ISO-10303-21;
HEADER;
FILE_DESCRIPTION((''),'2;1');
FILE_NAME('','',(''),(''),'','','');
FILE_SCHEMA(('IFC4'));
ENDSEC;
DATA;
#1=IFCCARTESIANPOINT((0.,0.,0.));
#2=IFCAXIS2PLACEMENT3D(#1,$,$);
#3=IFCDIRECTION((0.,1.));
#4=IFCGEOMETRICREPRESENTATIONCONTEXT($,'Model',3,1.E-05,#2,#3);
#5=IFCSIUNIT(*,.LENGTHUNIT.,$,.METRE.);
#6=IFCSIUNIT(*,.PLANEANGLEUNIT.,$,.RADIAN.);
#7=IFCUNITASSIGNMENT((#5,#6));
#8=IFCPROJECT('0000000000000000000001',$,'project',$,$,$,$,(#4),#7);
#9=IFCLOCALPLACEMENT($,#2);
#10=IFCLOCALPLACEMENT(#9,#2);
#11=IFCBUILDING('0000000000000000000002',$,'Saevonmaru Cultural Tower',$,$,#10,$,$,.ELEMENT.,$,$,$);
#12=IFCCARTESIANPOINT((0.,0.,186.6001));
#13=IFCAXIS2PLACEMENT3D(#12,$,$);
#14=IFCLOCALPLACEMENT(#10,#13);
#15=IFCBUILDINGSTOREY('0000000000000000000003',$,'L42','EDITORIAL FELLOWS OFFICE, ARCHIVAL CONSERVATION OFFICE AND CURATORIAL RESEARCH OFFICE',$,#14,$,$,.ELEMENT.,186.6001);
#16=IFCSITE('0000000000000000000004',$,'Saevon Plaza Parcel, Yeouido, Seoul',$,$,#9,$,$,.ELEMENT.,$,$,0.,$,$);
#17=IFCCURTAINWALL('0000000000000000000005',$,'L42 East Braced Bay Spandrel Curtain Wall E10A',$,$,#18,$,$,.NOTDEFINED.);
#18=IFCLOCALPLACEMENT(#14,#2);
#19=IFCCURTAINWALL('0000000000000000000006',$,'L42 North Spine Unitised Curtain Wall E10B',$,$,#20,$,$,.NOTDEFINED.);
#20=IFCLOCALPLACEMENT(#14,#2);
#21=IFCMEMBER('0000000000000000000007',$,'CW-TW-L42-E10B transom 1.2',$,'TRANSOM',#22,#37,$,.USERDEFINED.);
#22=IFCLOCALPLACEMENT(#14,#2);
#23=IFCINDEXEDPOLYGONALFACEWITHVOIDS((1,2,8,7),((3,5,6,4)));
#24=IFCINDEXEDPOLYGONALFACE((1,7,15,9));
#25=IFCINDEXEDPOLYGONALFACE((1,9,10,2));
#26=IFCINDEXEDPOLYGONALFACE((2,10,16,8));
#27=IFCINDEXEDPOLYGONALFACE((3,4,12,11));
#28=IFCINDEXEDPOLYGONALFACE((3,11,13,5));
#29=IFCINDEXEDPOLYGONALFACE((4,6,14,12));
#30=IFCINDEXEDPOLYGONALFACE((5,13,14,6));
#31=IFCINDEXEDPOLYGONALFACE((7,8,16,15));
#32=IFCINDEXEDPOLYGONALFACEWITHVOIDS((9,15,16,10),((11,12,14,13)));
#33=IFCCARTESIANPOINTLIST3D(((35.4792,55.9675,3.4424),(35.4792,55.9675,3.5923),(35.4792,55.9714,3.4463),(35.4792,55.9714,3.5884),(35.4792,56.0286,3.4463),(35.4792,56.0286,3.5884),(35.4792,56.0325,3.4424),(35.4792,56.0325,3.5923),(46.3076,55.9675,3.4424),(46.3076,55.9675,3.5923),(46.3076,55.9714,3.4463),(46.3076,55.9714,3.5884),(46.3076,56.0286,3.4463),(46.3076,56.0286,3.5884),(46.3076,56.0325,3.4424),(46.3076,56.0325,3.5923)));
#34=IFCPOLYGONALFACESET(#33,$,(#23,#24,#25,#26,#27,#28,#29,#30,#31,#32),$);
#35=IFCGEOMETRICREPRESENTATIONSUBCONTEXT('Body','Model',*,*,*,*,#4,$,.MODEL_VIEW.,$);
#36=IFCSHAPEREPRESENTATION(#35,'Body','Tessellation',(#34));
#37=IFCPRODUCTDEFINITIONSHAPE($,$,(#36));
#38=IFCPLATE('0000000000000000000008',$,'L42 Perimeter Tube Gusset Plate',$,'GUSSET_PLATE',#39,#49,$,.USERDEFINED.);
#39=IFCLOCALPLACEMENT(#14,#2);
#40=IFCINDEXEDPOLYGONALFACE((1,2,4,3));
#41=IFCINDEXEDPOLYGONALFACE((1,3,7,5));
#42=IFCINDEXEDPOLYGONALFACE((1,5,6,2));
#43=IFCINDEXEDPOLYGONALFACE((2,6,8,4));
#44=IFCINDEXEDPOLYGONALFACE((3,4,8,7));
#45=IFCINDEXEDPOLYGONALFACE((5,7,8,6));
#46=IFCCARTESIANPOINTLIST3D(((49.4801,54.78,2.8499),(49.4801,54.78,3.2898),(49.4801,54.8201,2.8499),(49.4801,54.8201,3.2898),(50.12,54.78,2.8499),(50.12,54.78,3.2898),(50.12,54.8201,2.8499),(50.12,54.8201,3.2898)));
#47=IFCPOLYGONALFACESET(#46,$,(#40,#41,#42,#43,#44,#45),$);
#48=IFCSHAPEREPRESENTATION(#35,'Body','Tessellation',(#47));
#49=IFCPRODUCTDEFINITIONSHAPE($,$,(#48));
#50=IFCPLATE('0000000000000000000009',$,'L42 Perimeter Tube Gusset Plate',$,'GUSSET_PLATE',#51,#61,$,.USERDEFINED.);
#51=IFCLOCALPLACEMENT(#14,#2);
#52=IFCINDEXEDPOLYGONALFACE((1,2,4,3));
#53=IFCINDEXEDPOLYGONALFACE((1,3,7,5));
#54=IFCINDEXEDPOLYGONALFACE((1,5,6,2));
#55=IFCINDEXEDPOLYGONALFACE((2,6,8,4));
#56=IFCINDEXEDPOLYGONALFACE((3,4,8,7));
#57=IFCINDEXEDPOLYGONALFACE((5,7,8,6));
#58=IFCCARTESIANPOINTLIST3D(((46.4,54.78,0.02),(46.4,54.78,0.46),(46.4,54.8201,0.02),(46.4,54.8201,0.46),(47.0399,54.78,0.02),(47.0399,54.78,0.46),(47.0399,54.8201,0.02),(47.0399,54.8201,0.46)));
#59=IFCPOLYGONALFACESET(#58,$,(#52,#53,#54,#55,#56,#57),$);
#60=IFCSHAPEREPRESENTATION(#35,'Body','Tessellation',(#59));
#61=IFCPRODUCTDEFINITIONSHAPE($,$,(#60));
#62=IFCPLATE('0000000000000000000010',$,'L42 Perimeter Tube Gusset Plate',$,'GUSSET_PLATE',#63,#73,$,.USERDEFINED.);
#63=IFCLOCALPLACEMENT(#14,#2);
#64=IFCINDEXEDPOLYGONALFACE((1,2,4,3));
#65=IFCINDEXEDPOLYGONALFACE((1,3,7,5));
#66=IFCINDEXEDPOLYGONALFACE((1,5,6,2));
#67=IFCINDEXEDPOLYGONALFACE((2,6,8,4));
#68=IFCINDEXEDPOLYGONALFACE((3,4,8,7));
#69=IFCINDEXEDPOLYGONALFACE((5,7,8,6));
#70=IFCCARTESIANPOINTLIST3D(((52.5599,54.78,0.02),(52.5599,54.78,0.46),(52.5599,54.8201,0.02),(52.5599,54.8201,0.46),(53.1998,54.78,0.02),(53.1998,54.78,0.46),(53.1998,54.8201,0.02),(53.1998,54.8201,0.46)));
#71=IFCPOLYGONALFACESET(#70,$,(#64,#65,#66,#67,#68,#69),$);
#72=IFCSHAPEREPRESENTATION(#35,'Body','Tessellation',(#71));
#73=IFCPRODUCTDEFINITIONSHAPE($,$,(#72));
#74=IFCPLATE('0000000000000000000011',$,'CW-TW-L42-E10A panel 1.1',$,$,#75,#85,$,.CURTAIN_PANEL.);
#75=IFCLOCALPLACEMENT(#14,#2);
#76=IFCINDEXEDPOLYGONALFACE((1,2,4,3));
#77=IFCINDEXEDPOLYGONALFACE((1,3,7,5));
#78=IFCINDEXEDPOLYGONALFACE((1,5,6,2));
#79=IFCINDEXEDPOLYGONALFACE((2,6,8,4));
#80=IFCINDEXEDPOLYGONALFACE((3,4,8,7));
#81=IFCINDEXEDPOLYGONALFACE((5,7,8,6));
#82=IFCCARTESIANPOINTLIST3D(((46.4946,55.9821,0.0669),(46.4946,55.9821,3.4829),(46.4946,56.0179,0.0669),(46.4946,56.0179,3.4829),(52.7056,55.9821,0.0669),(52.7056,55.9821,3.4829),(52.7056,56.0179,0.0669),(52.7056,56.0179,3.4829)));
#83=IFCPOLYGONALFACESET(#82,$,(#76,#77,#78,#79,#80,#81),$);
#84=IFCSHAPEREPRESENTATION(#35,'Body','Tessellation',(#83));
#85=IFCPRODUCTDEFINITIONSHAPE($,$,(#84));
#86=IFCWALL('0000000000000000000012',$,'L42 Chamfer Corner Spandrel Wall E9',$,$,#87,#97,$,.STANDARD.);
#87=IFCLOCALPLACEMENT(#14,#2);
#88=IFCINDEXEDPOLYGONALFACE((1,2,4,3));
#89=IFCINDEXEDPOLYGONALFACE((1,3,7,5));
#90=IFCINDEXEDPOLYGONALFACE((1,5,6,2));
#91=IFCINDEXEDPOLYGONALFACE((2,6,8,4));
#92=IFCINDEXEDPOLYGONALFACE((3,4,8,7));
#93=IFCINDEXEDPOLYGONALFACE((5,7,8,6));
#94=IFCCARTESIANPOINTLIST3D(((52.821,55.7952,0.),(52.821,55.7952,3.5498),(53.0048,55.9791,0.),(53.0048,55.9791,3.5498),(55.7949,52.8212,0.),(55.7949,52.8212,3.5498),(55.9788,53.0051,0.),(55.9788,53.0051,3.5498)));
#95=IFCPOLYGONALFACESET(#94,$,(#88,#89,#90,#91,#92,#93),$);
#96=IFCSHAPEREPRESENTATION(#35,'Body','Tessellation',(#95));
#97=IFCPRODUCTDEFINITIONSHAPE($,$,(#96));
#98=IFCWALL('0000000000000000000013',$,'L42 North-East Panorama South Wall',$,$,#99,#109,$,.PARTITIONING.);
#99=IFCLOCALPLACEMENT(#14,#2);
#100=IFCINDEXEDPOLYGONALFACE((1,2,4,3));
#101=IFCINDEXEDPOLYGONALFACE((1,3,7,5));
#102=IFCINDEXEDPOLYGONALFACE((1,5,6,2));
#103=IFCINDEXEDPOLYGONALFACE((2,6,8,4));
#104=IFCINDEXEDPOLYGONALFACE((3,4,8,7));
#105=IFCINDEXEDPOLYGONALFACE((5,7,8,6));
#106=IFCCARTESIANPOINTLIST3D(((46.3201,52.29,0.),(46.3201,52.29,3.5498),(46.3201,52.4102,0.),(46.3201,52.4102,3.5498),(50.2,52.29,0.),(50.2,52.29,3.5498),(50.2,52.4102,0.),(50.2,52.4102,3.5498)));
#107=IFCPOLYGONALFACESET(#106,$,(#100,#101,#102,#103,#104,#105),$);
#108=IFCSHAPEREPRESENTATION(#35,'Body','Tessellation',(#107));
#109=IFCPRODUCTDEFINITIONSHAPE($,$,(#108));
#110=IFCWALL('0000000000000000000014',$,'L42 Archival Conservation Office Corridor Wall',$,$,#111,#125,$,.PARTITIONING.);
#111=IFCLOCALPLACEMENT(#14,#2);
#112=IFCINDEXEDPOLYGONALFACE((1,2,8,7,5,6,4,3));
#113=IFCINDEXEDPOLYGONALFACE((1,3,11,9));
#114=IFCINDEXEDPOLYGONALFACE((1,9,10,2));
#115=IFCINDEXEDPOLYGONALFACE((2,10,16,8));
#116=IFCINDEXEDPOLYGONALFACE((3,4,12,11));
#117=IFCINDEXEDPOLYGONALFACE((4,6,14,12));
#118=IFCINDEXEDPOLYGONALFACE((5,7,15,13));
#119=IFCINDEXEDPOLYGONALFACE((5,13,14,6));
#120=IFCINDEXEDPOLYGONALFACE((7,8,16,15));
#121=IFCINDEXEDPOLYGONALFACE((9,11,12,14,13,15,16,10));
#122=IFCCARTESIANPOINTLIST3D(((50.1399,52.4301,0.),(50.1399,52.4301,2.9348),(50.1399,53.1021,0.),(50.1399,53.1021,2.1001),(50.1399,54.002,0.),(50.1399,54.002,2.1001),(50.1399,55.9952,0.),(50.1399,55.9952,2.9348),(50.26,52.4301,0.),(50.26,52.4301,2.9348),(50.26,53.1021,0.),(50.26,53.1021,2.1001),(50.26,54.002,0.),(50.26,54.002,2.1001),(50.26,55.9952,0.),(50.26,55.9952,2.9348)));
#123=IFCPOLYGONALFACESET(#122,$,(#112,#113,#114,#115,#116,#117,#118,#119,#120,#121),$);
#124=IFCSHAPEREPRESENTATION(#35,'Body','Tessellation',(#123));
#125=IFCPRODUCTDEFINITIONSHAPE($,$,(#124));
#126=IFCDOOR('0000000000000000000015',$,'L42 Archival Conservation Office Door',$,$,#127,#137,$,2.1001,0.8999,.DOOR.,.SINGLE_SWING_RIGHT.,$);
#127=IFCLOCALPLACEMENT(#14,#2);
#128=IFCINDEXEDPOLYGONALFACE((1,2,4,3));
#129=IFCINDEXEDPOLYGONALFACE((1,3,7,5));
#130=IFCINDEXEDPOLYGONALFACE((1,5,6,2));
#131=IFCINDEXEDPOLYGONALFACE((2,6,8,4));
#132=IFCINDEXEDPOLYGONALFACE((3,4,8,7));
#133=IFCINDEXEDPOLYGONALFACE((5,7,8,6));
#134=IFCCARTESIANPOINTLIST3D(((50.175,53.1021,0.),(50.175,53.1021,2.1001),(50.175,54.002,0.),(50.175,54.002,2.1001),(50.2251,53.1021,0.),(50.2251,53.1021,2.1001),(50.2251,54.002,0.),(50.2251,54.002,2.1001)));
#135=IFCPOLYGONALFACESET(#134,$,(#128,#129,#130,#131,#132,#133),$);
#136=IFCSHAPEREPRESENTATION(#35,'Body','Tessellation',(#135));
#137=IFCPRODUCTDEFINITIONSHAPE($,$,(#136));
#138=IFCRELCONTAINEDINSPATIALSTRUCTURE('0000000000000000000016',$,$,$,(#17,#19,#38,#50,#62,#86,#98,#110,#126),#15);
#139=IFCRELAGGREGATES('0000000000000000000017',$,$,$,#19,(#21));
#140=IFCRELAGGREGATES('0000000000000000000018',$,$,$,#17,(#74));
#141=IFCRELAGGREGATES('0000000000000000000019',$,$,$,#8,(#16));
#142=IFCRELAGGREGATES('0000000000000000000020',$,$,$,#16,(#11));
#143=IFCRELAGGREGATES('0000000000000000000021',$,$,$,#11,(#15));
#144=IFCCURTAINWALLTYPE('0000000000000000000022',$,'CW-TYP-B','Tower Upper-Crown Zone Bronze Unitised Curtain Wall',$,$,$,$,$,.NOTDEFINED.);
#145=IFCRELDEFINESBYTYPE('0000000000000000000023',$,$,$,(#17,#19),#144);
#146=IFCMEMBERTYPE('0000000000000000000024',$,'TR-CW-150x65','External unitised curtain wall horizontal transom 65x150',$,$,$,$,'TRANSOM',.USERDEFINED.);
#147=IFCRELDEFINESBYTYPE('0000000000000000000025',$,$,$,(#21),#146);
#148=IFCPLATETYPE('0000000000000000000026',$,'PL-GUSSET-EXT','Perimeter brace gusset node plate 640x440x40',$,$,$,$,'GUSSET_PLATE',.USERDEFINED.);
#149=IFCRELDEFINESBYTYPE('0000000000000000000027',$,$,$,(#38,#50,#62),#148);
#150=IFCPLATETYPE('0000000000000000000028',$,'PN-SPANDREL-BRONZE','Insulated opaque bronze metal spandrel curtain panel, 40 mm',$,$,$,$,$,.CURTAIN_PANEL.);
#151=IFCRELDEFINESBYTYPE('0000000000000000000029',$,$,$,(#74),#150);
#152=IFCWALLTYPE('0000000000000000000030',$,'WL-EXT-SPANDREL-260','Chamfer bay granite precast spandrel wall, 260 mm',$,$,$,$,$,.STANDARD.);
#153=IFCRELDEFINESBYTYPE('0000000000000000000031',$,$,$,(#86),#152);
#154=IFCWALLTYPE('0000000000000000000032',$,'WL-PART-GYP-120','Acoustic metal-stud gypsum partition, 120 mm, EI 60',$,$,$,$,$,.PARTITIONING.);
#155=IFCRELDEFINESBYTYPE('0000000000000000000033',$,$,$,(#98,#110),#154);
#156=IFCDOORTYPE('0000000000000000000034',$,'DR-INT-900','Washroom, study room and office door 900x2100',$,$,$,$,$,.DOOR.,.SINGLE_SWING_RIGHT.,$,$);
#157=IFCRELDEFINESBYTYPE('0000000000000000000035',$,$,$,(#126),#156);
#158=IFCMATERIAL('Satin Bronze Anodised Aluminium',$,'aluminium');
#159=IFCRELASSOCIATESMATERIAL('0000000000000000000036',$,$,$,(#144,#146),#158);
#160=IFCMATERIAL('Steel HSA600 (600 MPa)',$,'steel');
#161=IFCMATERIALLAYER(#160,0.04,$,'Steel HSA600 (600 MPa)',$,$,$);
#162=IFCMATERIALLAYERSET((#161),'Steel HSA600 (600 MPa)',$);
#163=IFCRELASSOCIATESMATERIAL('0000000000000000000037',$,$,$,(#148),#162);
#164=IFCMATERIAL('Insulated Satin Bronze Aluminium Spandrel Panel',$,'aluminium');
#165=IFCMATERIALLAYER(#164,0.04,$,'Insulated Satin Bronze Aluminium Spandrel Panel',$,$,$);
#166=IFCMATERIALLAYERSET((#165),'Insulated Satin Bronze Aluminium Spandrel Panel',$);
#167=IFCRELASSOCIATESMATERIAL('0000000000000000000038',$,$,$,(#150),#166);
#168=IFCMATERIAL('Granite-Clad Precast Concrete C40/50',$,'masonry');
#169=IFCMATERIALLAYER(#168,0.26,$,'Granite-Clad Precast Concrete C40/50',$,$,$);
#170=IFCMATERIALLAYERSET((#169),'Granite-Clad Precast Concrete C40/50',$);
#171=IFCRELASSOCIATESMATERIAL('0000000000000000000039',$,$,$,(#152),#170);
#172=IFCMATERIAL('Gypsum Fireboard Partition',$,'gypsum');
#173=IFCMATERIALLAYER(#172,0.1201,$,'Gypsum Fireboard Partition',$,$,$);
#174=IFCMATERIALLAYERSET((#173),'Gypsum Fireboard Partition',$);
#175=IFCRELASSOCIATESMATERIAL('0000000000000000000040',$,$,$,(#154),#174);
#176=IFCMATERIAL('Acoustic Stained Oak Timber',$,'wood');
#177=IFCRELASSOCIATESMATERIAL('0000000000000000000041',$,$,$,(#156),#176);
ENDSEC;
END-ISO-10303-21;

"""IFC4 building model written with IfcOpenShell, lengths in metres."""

from ifc_helpers import new_model, si_unit, direction, frame, frame_2d, origin, origin_2d, place, context, subcontext, project, spatial, rectangle, hollow_rectangle, extrude, material, layer, layer_set, material_profile, profile_set, type_object, element, fill, aggregate, save


model = new_model("IFC4")

# Units and contexts
model_context = context("Model", 3, precision=1e-05, world=origin(), true_north=direction((0.0, 1.0)))
body_context = subcontext(model_context, "Body", "Model", "MODEL_VIEW")
ifc_project = project(units=[si_unit("LENGTHUNIT", "METRE"), si_unit("PLANEANGLEUNIT", "RADIAN")], contexts=[model_context])

# Site, building, storey
site_placement = place(None, origin())
site = spatial("IfcSite", under=ifc_project, at=site_placement, Name="Saevon Plaza Parcel, Yeouido, Seoul", CompositionType="ELEMENT", RefElevation=0.0)
building_placement = place(site_placement, origin())
building = spatial("IfcBuilding", under=site, at=building_placement, Name="Saevonmaru Cultural Tower", CompositionType="ELEMENT")
storey_placement = place(building_placement, frame((0.0, 0.0, 186.6001)))
storey = spatial("IfcBuildingStorey", under=building, at=storey_placement, Name="L42", Description="EDITORIAL FELLOWS OFFICE, ARCHIVAL CONSERVATION OFFICE AND CURATORIAL RESEARCH OFFICE", CompositionType="ELEMENT", Elevation=186.6001)

# Shared definitions
ifc_material_1 = material(Name="Satin Bronze Anodised Aluminium", Category="aluminium")
curtain_wall_type = type_object("IfcCurtainWallType", Name="CW-TYP-B", Description="Tower Upper-Crown Zone Bronze Unitised Curtain Wall", PredefinedType="NOTDEFINED", material=ifc_material_1)

# Curtain wall
curtain_wall_1_placement = place(storey_placement, origin())
curtain_wall_1 = element("IfcCurtainWall", 1, at=curtain_wall_1_placement, inside=storey, type_object=curtain_wall_type, Name="L42 East Braced Bay Spandrel Curtain Wall E10A", PredefinedType="NOTDEFINED")

# Curtain wall
curtain_wall_2_placement = place(storey_placement, origin())
curtain_wall_2 = element("IfcCurtainWall", 2, at=curtain_wall_2_placement, inside=storey, type_object=curtain_wall_type, Name="L42 North Spine Unitised Curtain Wall E10B", PredefinedType="NOTDEFINED")

# Member
ifc_material_profile_1 = material_profile(ifc_material_1, hollow_rectangle(XDim=0.0649, YDim=0.1499, WallThickness=0.0039, at=origin_2d()), Name="ALU-TRAN-150x65x4")
ifc_profile_set_1 = profile_set([ifc_material_profile_1], Name="Satin Bronze Anodised Aluminium")
member_type_1 = type_object("IfcMemberType", Name="TR-CW-150x65", Description="External unitised curtain wall horizontal transom 65x150", ElementType="TRANSOM", PredefinedType="USERDEFINED", material=ifc_profile_set_1)
member_1_placement = place(storey_placement, frame((46.3076, 56.0, 3.5173), z_axis=(-1.0, 0.0, 0.0), x_axis=(0.0, -1.0, 0.0)))
member_1 = element("IfcMember", 3, at=member_1_placement, type_object=member_type_1, Name="CW-TW-L42-E10B transom 1.2", ObjectType="TRANSOM", PredefinedType="USERDEFINED", context=body_context, shape_type="SweptSolid", body=[
    extrude(hollow_rectangle(XDim=0.0649, YDim=0.1499, WallThickness=0.0039, at=origin_2d()), origin(), (0.0, 0.0, 1.0), 10.8284),
])
aggregate(curtain_wall_2, [member_1])

# Plates
ifc_material_2 = material(Name="Steel HSA600 (600 MPa)", Category="steel")
ifc_layer_1 = layer(ifc_material_2, 0.04, Name="Steel HSA600 (600 MPa)")
ifc_layer_set_1 = layer_set([ifc_layer_1], Name="Steel HSA600 (600 MPa)")
plate_type_1 = type_object("IfcPlateType", Name="PL-GUSSET-EXT", Description="Perimeter brace gusset node plate 640x440x40", ElementType="GUSSET_PLATE", PredefinedType="USERDEFINED", material=ifc_layer_set_1)
for number, where, z_axis, x_axis, name in (
    (4, (49.8, 54.8, 2.8499), (0.0, 0.0, 1.0), (1.0, 0.0, 0.0), "L42 Perimeter Tube Gusset Plate"),
    (5, (46.72, 54.8, 0.02), (0.0, 0.0, 1.0), (1.0, 0.0, 0.0), "L42 Perimeter Tube Gusset Plate"),
    (6, (52.8799, 54.8, 0.02), (0.0, 0.0, 1.0), (1.0, 0.0, 0.0), "L42 Perimeter Tube Gusset Plate"),
):
    element("IfcPlate", number, at=place(storey_placement, frame(where, z_axis=z_axis, x_axis=x_axis)), inside=storey, type_object=plate_type_1, Name=name, ObjectType="GUSSET_PLATE", PredefinedType="USERDEFINED", context=body_context, shape_type="SweptSolid", body=[
        extrude(rectangle(XDim=0.6399, YDim=0.04, at=origin_2d()), origin(), (0.0, 0.0, 1.0), 0.4399),
    ])

# Plate
ifc_material_3 = material(Name="Insulated Satin Bronze Aluminium Spandrel Panel", Category="aluminium")
ifc_layer_2 = layer(ifc_material_3, 0.04, Name="Insulated Satin Bronze Aluminium Spandrel Panel")
ifc_layer_set_2 = layer_set([ifc_layer_2], Name="Insulated Satin Bronze Aluminium Spandrel Panel")
plate_type_2 = type_object("IfcPlateType", Name="PN-SPANDREL-BRONZE", Description="Insulated opaque bronze metal spandrel curtain panel, 40 mm", PredefinedType="CURTAIN_PANEL", material=ifc_layer_set_2)
plate_placement = place(storey_placement, frame((49.6001, 56.0, 0.0669), z_axis=(0.0, 0.0, 1.0), x_axis=(-1.0, 0.0, 0.0)))
plate = element("IfcPlate", 7, at=plate_placement, type_object=plate_type_2, Name="CW-TW-L42-E10A panel 1.1", PredefinedType="CURTAIN_PANEL", context=body_context, shape_type="SweptSolid", body=[
    extrude(rectangle(XDim=6.2109, YDim=0.0359, at=origin_2d()), origin(), (0.0, 0.0, 1.0), 3.416),
])
aggregate(curtain_wall_1, [plate])

# Walls
ifc_material_4 = material(Name="Granite-Clad Precast Concrete C40/50", Category="masonry")
ifc_layer_3 = layer(ifc_material_4, 0.26, Name="Granite-Clad Precast Concrete C40/50")
ifc_layer_set_3 = layer_set([ifc_layer_3], Name="Granite-Clad Precast Concrete C40/50")
wall_type_1 = type_object("IfcWallType", Name="WL-EXT-SPANDREL-260", Description="Chamfer bay granite precast spandrel wall, 260 mm", PredefinedType="STANDARD", material=ifc_layer_set_3)
wall_1_placement = place(storey_placement, frame((55.887, 52.9131, 0.0), z_axis=(0.0, 0.0, 1.0), x_axis=(-0.707107, 0.707107, 0.0)))
element("IfcWall", 8, at=wall_1_placement, inside=storey, type_object=wall_type_1, Name="L42 Chamfer Corner Spandrel Wall E9", PredefinedType="STANDARD", context=body_context, shape_type="SweptSolid", body=[
    extrude(rectangle(XDim=4.2058, YDim=0.26, at=frame_2d((2.103, 0.0))), origin(), (0.0, 0.0, 1.0), 3.5498),
])
ifc_material_5 = material(Name="Gypsum Fireboard Partition", Category="gypsum")
ifc_layer_4 = layer(ifc_material_5, 0.1201, Name="Gypsum Fireboard Partition")
ifc_layer_set_4 = layer_set([ifc_layer_4], Name="Gypsum Fireboard Partition")
wall_type_2 = type_object("IfcWallType", Name="WL-PART-GYP-120", Description="Acoustic metal-stud gypsum partition, 120 mm, EI 60", PredefinedType="PARTITIONING", material=ifc_layer_set_4)
wall_2_placement = place(storey_placement, frame((46.3201, 52.3501, 0.0), z_axis=(0.0, 0.0, 1.0), x_axis=(1.0, 0.0, 0.0)))
element("IfcWall", 9, at=wall_2_placement, inside=storey, type_object=wall_type_2, Name="L42 North-East Panorama South Wall", PredefinedType="PARTITIONING", context=body_context, shape_type="SweptSolid", body=[
    extrude(rectangle(XDim=3.8799, YDim=0.1201, at=frame_2d((1.9399, 0.0))), origin(), (0.0, 0.0, 1.0), 3.5498),
])

# Wall, opening, door
wall_3_placement = place(storey_placement, frame((50.2, 52.4299, 0.0), z_axis=(0.0, 0.0, 1.0), x_axis=(0.0, 1.0, 0.0)))
wall_3 = element("IfcWall", 10, at=wall_3_placement, inside=storey, type_object=wall_type_2, Name="L42 Archival Conservation Office Corridor Wall", PredefinedType="PARTITIONING", context=body_context, shape_type="SweptSolid", body=[
    extrude(rectangle(XDim=3.5652, YDim=0.1201, at=frame_2d((1.7827, 0.0))), origin(), (0.0, 0.0, 1.0), 2.9348),
])
opening_placement = place(wall_3_placement, frame((0.6721, 0.0, 0.0)))
opening = element("IfcOpeningElement", 11, at=opening_placement, cuts=wall_3, PredefinedType="OPENING", context=body_context, shape_type="SweptSolid", body=[
    extrude(rectangle(XDim=0.8999, YDim=2.1001, at=frame_2d((0.45, 1.05))), frame((0.0, 0.0701, 0.0), z_axis=(0.0, -1.0, 0.0), x_axis=(1.0, 0.0, 0.0)), (0.0, 0.0, 1.0), 0.1401),
])
ifc_material_6 = material(Name="Acoustic Stained Oak Timber", Category="wood")
door_type = type_object("IfcDoorType", Name="DR-INT-900", Description="Washroom, study room and office door 900x2100", OperationType="SINGLE_SWING_RIGHT", PredefinedType="DOOR", material=ifc_material_6)
door_placement = place(opening_placement, origin())
door = element("IfcDoor", 12, at=door_placement, inside=storey, type_object=door_type, Name="L42 Archival Conservation Office Door", OperationType="SINGLE_SWING_RIGHT", OverallHeight=2.1001, OverallWidth=0.8999, PredefinedType="DOOR", context=body_context, shape_type="SweptSolid", body=[
    extrude(rectangle(XDim=0.8999, YDim=2.1001, at=frame_2d((0.45, 1.05))), frame((0.0, 0.0249, 0.0), z_axis=(0.0, -1.0, 0.0), x_axis=(1.0, 0.0, 0.0)), (0.0, 0.0, 1.0), 0.05),
])
fill(opening, door)

save(model, "model.ifc")
